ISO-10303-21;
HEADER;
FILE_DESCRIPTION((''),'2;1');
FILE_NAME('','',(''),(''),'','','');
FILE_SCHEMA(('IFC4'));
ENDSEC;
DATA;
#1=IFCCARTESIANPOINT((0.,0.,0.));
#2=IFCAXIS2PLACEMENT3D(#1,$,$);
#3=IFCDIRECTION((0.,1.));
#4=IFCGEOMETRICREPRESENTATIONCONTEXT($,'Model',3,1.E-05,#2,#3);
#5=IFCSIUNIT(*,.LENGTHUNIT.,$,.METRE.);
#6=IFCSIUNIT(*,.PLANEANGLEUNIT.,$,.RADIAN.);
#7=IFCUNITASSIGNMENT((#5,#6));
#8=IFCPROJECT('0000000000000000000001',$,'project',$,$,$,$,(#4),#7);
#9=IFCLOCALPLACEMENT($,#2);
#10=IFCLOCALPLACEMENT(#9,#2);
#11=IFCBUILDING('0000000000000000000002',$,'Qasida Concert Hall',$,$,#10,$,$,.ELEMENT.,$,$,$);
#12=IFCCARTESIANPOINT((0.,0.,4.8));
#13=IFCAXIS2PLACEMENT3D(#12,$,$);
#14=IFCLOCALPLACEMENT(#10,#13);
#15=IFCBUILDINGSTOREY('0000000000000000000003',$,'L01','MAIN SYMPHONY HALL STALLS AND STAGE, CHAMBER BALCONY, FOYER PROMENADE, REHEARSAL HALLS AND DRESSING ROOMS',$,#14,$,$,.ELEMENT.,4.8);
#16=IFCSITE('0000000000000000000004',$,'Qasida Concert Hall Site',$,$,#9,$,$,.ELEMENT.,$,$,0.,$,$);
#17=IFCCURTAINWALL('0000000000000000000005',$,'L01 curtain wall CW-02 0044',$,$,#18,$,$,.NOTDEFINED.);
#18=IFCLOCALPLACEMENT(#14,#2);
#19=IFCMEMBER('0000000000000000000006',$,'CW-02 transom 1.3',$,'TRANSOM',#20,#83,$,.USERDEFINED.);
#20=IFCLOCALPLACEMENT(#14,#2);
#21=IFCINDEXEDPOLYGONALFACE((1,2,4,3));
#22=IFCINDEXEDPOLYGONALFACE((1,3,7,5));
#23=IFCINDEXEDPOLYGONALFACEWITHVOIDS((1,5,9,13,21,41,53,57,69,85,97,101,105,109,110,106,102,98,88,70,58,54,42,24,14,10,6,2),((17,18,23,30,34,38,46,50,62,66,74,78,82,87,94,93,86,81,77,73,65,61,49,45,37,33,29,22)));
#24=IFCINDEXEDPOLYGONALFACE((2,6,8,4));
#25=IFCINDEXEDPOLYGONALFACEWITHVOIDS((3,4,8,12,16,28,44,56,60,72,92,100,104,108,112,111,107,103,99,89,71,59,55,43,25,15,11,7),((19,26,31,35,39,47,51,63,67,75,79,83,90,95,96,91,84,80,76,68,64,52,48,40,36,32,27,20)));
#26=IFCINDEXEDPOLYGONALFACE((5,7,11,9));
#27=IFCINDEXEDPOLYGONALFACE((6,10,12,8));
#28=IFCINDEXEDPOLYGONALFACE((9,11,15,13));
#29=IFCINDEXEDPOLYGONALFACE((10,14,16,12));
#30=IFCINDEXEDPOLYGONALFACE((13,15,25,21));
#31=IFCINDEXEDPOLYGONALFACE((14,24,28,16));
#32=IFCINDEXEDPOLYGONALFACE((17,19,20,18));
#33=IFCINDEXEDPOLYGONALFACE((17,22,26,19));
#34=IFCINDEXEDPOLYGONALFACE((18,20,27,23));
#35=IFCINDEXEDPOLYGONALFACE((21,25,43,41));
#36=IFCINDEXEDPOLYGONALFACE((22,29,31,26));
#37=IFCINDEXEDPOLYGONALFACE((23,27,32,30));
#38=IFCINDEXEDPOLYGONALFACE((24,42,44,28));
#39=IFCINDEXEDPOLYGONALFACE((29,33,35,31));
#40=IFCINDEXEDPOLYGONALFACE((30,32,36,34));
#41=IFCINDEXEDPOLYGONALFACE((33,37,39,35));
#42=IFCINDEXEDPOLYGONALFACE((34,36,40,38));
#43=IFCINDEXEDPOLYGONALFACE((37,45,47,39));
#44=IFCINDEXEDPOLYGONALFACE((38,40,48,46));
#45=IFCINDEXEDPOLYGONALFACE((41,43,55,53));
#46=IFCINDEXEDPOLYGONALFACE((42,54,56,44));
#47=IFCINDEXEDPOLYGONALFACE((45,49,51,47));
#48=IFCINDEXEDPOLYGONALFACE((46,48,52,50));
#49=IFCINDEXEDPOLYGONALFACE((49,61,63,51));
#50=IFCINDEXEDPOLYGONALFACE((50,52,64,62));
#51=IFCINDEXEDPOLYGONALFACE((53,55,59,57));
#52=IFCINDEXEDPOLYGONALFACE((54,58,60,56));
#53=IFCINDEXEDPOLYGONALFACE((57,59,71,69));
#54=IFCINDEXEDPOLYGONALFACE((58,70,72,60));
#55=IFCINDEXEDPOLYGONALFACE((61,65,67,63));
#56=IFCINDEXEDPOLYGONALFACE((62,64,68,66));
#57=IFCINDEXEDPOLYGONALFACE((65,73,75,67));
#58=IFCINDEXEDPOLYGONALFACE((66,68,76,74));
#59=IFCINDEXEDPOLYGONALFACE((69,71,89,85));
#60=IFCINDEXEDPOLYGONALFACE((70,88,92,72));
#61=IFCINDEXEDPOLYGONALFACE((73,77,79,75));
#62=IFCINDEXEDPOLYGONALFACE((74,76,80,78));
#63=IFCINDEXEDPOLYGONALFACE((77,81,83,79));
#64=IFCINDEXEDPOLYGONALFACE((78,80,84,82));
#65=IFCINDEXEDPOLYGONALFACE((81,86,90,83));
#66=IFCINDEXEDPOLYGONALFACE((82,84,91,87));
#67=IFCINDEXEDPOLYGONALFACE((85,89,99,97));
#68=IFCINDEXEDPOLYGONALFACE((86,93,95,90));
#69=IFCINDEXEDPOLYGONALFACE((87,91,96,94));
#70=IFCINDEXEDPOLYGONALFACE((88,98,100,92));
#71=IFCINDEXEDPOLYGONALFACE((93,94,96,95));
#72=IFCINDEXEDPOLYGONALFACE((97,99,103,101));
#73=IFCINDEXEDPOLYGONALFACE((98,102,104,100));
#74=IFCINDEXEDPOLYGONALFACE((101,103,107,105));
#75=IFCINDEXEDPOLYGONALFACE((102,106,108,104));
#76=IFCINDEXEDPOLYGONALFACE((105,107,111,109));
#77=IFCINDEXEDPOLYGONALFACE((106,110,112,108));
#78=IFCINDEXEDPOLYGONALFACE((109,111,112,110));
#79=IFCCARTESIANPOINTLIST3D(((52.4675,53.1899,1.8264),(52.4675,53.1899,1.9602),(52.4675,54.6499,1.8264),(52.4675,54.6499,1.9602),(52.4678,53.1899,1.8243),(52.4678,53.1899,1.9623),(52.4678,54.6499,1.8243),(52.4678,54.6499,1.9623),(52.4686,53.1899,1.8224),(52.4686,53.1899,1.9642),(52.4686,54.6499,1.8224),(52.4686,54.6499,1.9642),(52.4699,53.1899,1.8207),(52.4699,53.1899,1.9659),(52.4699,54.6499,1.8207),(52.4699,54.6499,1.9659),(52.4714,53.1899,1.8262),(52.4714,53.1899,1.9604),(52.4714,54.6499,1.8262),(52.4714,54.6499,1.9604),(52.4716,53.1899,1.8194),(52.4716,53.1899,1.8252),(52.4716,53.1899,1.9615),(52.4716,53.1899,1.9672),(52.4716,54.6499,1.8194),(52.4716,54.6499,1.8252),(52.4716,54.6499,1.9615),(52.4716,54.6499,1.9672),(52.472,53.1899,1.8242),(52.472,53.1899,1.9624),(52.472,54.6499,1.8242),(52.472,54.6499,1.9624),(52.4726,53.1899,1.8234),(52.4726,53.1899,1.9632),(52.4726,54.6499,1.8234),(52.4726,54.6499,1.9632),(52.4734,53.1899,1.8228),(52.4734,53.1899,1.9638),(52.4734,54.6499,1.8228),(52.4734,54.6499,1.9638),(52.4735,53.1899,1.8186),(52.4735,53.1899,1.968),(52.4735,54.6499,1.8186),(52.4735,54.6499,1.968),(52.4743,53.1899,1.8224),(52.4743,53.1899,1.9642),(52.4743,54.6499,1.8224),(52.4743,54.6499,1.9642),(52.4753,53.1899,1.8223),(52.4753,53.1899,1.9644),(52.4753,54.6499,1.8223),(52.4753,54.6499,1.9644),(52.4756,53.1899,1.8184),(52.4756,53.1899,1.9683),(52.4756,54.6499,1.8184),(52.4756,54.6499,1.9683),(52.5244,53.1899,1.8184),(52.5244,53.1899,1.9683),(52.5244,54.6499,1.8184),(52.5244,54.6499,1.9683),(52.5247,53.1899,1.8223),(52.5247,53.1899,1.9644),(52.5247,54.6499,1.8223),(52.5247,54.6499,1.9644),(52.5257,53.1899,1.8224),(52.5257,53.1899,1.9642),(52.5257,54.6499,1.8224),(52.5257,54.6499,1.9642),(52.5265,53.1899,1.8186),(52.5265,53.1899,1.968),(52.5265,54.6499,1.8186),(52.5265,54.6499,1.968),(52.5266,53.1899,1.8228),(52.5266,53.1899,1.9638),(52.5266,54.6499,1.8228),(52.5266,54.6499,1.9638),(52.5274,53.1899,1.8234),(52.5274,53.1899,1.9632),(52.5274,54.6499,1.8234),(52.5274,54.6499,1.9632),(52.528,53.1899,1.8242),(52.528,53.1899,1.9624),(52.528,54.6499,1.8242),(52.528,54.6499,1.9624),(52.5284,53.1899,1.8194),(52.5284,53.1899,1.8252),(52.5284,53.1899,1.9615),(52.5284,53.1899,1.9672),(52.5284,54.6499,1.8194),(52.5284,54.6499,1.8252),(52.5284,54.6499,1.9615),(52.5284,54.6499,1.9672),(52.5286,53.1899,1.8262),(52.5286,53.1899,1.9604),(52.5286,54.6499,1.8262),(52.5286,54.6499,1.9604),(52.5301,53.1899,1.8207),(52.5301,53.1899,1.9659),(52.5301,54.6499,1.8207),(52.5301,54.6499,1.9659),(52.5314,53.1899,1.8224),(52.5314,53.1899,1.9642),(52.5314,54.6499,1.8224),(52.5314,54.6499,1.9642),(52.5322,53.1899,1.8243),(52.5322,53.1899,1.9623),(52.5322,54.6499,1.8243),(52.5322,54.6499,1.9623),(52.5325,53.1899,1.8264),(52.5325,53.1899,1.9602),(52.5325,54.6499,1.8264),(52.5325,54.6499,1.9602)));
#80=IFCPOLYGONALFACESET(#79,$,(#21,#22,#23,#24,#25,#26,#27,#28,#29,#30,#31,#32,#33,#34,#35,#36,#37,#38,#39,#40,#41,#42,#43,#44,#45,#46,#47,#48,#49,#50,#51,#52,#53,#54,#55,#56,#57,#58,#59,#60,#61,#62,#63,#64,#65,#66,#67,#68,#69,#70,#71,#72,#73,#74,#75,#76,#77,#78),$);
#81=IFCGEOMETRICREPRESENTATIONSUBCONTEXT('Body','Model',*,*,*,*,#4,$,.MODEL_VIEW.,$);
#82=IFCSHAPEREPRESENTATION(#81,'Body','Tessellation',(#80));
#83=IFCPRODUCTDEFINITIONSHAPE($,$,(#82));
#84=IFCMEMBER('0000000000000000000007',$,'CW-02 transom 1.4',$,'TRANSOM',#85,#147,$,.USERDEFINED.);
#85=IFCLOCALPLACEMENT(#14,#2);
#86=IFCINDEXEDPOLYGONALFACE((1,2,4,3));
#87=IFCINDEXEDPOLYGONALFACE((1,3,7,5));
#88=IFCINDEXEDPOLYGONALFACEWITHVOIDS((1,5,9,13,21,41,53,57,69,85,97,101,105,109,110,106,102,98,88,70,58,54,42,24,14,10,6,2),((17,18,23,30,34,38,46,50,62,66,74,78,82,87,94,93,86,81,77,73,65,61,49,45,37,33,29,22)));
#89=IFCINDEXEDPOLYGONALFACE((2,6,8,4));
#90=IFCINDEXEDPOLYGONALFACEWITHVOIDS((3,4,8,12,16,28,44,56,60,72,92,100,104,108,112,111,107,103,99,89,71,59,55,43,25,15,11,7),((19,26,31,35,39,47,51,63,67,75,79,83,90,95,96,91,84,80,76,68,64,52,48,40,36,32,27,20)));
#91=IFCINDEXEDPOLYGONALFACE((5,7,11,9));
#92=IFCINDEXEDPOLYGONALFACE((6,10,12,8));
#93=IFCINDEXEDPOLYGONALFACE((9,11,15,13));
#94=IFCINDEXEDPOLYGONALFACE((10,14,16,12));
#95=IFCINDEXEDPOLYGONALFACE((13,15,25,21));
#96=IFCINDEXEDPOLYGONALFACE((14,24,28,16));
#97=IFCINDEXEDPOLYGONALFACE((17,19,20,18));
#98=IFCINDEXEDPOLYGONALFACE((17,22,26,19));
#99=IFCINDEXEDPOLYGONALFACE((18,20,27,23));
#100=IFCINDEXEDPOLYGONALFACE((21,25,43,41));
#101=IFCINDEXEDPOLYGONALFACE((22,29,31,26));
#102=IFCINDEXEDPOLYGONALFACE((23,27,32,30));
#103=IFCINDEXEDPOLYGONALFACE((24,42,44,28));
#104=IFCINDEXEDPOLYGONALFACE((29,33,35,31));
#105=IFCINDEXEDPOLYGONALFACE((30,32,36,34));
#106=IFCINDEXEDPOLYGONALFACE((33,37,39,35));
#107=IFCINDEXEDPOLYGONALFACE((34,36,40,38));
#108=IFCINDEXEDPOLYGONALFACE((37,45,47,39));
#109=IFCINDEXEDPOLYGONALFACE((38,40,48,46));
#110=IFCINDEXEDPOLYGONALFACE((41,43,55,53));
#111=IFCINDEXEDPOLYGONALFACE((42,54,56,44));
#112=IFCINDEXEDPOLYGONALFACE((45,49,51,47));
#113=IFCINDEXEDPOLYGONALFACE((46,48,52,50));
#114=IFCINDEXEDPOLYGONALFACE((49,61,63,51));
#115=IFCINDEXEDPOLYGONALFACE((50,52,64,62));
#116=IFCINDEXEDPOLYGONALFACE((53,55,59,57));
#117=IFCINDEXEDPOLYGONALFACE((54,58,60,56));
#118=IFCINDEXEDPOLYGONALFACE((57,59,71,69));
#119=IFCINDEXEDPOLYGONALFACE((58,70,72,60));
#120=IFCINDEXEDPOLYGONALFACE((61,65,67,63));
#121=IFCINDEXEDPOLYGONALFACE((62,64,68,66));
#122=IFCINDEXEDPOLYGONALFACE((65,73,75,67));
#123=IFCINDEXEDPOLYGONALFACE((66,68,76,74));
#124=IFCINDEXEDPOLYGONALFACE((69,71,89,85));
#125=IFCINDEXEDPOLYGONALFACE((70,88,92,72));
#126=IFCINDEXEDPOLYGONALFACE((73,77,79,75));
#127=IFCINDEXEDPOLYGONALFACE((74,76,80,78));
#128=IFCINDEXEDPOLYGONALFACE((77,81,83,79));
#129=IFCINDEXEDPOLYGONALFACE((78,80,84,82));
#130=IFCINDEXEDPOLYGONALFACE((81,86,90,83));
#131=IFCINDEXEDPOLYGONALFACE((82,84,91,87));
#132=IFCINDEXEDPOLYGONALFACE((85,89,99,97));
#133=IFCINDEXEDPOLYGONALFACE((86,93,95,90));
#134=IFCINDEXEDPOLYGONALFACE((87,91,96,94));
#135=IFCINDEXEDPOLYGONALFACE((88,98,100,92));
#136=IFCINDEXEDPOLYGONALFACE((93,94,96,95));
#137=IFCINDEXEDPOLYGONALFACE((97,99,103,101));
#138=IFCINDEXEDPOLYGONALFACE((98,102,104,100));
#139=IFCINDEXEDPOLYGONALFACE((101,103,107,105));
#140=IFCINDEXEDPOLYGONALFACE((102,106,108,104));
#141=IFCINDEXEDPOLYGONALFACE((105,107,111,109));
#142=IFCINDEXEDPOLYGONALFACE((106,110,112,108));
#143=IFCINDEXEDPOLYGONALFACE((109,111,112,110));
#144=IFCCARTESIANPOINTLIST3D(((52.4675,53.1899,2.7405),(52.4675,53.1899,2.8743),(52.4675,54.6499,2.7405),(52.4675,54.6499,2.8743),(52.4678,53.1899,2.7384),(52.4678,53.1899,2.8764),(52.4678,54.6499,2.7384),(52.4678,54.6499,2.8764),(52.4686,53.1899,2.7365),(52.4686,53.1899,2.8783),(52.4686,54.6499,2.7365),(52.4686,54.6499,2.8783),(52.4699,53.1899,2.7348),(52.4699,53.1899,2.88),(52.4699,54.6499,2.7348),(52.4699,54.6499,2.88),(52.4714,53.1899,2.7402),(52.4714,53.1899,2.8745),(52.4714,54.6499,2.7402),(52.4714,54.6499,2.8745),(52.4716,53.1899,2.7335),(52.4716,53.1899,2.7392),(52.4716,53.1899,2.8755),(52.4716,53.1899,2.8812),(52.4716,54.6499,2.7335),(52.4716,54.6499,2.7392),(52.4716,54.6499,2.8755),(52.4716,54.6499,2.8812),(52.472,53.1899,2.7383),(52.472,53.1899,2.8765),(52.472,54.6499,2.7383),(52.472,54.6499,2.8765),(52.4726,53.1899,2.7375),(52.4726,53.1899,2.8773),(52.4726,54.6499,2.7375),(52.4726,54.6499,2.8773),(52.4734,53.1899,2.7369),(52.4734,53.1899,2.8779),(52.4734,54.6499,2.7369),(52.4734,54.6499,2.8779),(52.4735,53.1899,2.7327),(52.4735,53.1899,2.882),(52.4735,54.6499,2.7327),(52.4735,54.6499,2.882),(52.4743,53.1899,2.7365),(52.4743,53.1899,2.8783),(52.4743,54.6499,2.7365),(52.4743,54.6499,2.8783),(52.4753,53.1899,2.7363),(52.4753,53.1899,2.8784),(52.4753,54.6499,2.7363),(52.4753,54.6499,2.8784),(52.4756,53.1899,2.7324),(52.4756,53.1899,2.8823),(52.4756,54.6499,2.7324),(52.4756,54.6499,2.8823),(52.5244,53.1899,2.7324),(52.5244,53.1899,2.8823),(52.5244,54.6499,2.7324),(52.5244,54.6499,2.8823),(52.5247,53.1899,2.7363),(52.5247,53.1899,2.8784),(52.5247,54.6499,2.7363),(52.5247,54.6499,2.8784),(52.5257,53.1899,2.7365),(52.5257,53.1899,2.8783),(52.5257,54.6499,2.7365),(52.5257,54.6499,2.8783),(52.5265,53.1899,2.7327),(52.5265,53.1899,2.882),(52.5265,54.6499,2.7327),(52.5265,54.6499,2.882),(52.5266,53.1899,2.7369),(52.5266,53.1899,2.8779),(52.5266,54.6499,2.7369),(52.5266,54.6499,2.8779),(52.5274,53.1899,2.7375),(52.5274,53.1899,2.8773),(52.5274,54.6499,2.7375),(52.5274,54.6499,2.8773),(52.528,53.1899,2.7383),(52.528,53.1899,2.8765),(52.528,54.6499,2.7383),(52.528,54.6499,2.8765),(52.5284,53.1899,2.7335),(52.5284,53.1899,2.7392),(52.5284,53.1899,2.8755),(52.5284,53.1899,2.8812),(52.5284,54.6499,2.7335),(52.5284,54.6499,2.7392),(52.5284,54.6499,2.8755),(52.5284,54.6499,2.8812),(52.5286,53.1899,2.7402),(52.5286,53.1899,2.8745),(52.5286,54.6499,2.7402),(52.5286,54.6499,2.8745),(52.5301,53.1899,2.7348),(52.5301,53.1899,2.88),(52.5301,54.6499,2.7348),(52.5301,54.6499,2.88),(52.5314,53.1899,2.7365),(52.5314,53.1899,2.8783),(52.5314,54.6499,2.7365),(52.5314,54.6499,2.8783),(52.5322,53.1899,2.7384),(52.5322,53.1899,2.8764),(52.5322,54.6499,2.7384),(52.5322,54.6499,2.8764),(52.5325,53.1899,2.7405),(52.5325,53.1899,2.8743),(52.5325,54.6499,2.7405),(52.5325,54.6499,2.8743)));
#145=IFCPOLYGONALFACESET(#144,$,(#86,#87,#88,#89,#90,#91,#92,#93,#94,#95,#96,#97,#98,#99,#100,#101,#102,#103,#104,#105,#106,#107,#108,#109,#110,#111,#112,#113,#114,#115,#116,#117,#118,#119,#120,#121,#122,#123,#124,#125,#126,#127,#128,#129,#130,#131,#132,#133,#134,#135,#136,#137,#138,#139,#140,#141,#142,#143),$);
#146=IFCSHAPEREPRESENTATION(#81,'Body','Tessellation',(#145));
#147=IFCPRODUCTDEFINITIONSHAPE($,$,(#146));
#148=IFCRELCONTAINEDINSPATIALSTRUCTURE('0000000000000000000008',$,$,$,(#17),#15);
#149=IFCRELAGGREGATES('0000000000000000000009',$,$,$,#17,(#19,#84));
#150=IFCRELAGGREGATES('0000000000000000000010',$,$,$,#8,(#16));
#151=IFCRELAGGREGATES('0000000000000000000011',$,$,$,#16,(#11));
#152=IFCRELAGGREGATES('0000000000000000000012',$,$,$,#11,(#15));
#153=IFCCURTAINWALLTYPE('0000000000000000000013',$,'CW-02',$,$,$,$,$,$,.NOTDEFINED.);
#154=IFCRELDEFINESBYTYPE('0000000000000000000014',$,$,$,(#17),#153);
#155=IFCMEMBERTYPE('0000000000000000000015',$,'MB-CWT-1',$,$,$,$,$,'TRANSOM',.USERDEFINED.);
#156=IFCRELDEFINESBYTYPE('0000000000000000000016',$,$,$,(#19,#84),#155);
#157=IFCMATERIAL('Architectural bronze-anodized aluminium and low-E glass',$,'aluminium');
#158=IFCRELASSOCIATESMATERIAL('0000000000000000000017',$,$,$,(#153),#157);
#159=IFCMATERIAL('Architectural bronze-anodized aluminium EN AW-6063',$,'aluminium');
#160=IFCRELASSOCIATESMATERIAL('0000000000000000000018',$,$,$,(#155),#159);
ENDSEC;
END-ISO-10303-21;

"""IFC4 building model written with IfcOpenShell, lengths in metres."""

from ifc_helpers import new_model, si_unit, direction, frame, origin, origin_2d, place, context, subcontext, project, spatial, hollow_rectangle, extrude, material, material_profile, profile_set, type_object, element, aggregate, save


model = new_model("IFC4")

# Units and contexts
model_context = context("Model", 3, precision=1e-05, world=origin(), true_north=direction((0.0, 1.0)))
body_context = subcontext(model_context, "Body", "Model", "MODEL_VIEW")
ifc_project = project(units=[si_unit("LENGTHUNIT", "METRE"), si_unit("PLANEANGLEUNIT", "RADIAN")], contexts=[model_context])

# Site, building, storey
site_placement = place(None, origin())
site = spatial("IfcSite", under=ifc_project, at=site_placement, Name="Qasida Concert Hall Site", CompositionType="ELEMENT", RefElevation=0.0)
building_placement = place(site_placement, origin())
building = spatial("IfcBuilding", under=site, at=building_placement, Name="Qasida Concert Hall", CompositionType="ELEMENT")
storey_placement = place(building_placement, frame((0.0, 0.0, 4.8)))
storey = spatial("IfcBuildingStorey", under=building, at=storey_placement, Name="L01", Description="MAIN SYMPHONY HALL STALLS AND STAGE, CHAMBER BALCONY, FOYER PROMENADE, REHEARSAL HALLS AND DRESSING ROOMS", CompositionType="ELEMENT", Elevation=4.8)

# Curtain wall
ifc_material_1 = material(Name="Architectural bronze-anodized aluminium and low-E glass", Category="aluminium")
curtain_wall_type_1 = type_object("IfcCurtainWallType", Name="CW-02", PredefinedType="NOTDEFINED", material=ifc_material_1)
curtain_wall_1_placement = place(storey_placement, origin())
curtain_wall_1 = element("IfcCurtainWall", 1, at=curtain_wall_1_placement, inside=storey, type_object=curtain_wall_type_1, Name="L01 curtain wall CW-02 0044", PredefinedType="NOTDEFINED")
ifc_material_2 = material(Name="Architectural bronze-anodized aluminium EN AW-6063", Category="aluminium")

# Members
ifc_material_profile_1 = material_profile(ifc_material_2, hollow_rectangle(XDim=0.0649, YDim=0.1499, WallThickness=0.0039, InnerFilletRadius=0.0039, OuterFilletRadius=0.0081, at=origin_2d()), Name="CWT 150x65x4")
ifc_profile_set_1 = profile_set([ifc_material_profile_1], Name="Architectural bronze-anodized aluminium EN AW-6063")
member_type_1 = type_object("IfcMemberType", Name="MB-CWT-1", ElementType="TRANSOM", PredefinedType="USERDEFINED", material=ifc_profile_set_1)
member_1_placement = place(storey_placement, frame((52.5, 53.1899, 1.8933), z_axis=(0.0, 1.0, 0.0), x_axis=(-1.0, 0.0, 0.0)))
member_1 = element("IfcMember", 2, at=member_1_placement, type_object=member_type_1, Name="CW-02 transom 1.3", ObjectType="TRANSOM", PredefinedType="USERDEFINED", context=body_context, shape_type="SweptSolid", body=[
    extrude(hollow_rectangle(XDim=0.0649, YDim=0.1499, WallThickness=0.0039, InnerFilletRadius=0.0039, OuterFilletRadius=0.0081, at=origin_2d()), origin(), (0.0, 0.0, 1.0), 1.46),
])
member_2_placement = place(storey_placement, frame((52.5, 53.1899, 2.8074), z_axis=(0.0, 1.0, 0.0), x_axis=(-1.0, 0.0, 0.0)))
member_2 = element("IfcMember", 3, at=member_2_placement, type_object=member_type_1, Name="CW-02 transom 1.4", ObjectType="TRANSOM", PredefinedType="USERDEFINED", context=body_context, shape_type="SweptSolid", body=[
    extrude(hollow_rectangle(XDim=0.0649, YDim=0.1499, WallThickness=0.0039, InnerFilletRadius=0.0039, OuterFilletRadius=0.0081, at=origin_2d()), origin(), (0.0, 0.0, 1.0), 1.46),
])
aggregate(curtain_wall_1, [member_1, member_2])

save(model, "model.ifc")
